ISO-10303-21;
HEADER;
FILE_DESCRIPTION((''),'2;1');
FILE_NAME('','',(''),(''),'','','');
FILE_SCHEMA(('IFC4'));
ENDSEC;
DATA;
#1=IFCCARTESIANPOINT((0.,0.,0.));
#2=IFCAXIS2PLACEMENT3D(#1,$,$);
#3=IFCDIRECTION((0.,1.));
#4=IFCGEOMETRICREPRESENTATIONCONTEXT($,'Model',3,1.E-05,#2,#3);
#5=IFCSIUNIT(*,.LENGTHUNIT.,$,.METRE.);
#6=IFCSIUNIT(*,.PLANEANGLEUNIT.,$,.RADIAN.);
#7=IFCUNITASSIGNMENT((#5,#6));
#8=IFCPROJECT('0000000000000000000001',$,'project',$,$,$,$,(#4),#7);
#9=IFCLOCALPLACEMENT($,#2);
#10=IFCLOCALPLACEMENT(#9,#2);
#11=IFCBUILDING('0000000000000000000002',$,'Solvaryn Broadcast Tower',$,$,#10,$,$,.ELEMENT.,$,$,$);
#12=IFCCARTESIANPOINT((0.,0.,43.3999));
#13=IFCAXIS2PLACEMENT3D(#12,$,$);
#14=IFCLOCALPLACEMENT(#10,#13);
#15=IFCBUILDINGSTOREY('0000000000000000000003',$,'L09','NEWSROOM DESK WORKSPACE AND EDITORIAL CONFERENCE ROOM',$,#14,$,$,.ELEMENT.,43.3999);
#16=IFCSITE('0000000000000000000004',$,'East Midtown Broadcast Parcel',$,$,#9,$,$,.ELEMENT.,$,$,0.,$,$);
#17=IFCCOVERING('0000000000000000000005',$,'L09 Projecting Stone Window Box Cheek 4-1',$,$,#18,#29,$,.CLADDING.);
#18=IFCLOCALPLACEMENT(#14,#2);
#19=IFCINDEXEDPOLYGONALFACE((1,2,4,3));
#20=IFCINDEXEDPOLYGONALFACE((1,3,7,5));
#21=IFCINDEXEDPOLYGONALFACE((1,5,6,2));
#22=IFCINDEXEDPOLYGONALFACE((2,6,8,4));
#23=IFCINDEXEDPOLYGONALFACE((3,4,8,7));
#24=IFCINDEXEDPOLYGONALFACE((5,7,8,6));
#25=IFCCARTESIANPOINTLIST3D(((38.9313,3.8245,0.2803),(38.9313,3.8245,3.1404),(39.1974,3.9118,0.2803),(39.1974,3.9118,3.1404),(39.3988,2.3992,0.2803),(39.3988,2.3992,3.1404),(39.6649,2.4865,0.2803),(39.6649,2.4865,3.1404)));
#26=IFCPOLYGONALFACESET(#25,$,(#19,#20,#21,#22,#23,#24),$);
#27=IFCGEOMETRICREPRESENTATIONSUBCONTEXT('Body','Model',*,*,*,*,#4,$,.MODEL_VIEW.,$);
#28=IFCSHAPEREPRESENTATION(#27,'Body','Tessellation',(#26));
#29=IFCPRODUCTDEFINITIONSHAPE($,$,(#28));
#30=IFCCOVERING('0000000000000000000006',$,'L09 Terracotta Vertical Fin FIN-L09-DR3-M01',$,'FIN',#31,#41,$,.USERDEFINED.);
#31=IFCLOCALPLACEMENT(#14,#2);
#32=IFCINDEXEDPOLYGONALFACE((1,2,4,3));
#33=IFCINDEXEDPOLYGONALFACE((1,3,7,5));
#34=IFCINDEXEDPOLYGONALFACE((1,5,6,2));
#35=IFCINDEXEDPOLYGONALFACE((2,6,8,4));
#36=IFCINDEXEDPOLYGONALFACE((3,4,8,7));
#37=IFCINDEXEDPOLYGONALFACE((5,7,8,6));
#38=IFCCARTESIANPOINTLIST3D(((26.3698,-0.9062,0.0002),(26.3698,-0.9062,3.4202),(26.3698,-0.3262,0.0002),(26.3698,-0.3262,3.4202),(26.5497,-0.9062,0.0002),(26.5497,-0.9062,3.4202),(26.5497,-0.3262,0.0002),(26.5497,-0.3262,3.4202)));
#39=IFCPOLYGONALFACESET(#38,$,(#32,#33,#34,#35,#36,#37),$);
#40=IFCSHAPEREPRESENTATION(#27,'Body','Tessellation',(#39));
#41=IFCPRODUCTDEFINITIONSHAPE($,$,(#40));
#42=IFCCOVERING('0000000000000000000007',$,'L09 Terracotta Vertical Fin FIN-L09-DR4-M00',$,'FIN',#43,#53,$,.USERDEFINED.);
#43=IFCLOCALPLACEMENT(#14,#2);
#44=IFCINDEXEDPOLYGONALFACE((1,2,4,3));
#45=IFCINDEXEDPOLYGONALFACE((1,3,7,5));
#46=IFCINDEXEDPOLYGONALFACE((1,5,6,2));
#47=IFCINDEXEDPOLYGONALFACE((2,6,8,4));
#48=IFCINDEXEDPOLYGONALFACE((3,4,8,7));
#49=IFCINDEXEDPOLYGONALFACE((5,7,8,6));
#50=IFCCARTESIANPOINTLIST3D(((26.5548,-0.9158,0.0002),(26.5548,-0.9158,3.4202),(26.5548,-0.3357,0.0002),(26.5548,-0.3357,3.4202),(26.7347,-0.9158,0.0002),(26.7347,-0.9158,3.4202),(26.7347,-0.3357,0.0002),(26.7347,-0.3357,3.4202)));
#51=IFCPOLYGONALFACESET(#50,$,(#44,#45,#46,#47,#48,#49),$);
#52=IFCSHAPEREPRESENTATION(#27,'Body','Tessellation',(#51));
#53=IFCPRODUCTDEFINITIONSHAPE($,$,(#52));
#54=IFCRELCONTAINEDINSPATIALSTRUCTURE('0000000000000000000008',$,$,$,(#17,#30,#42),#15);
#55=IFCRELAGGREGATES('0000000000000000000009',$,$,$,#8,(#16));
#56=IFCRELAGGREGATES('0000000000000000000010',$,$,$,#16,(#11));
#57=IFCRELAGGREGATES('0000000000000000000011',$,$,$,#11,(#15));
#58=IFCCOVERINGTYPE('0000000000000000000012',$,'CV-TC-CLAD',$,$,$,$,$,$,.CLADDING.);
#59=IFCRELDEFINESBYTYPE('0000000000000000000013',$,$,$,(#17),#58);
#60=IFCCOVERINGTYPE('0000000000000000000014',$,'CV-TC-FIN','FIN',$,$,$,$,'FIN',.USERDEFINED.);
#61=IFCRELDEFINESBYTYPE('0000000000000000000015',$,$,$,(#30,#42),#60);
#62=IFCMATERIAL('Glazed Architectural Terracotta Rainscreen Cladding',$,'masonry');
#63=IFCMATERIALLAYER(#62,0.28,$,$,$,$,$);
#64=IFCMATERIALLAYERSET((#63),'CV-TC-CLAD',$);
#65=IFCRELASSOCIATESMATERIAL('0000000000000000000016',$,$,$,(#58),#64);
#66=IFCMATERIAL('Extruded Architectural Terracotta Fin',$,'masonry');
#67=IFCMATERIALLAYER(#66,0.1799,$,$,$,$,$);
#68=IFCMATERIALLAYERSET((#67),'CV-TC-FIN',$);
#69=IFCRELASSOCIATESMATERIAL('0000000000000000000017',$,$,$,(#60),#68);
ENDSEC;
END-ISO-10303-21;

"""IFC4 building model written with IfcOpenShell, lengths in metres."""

from ifc_helpers import new_model, si_unit, direction, frame, origin, origin_2d, place, context, subcontext, project, spatial, rectangle, extrude, material, layer, layer_set, type_object, element, save


model = new_model("IFC4")

# Units and contexts
model_context = context("Model", 3, precision=1e-05, world=origin(), true_north=direction((0.0, 1.0)))
body_context = subcontext(model_context, "Body", "Model", "MODEL_VIEW")
ifc_project = project(units=[si_unit("LENGTHUNIT", "METRE"), si_unit("PLANEANGLEUNIT", "RADIAN")], contexts=[model_context])

# Site, building, storey
site_placement = place(None, origin())
site = spatial("IfcSite", under=ifc_project, at=site_placement, Name="East Midtown Broadcast Parcel", CompositionType="ELEMENT", RefElevation=0.0)
building_placement = place(site_placement, origin())
building = spatial("IfcBuilding", under=site, at=building_placement, Name="Solvaryn Broadcast Tower", CompositionType="ELEMENT")
storey_placement = place(building_placement, frame((0.0, 0.0, 43.3999)))
storey = spatial("IfcBuildingStorey", under=building, at=storey_placement, Name="L09", Description="NEWSROOM DESK WORKSPACE AND EDITORIAL CONFERENCE ROOM", CompositionType="ELEMENT", Elevation=43.3999)

# Coverings
ifc_material_1 = material(Name="Glazed Architectural Terracotta Rainscreen Cladding", Category="masonry")
ifc_layer_1 = layer(ifc_material_1, 0.28)
ifc_layer_set_1 = layer_set([ifc_layer_1], Name="CV-TC-CLAD")
covering_type_1 = type_object("IfcCoveringType", Name="CV-TC-CLAD", PredefinedType="CLADDING", material=ifc_layer_set_1)
covering_placement = place(storey_placement, frame((39.2981, 3.1555, 0.2803), z_axis=(0.0, 0.0, 1.0), x_axis=(0.95019, 0.311672, 0.0)))
element("IfcCovering", 1, at=covering_placement, inside=storey, type_object=covering_type_1, Name="L09 Projecting Stone Window Box Cheek 4-1", PredefinedType="CLADDING", context=body_context, shape_type="SweptSolid", body=[
    extrude(rectangle(XDim=0.28, YDim=1.5, at=origin_2d()), origin(), (0.0, 0.0, 1.0), 2.8601),
])
ifc_material_2 = material(Name="Extruded Architectural Terracotta Fin", Category="masonry")
ifc_layer_2 = layer(ifc_material_2, 0.1799)
ifc_layer_set_2 = layer_set([ifc_layer_2], Name="CV-TC-FIN")
covering_type_2 = type_object("IfcCoveringType", Name="CV-TC-FIN", Description="FIN", ElementType="FIN", PredefinedType="USERDEFINED", material=ifc_layer_set_2)
for number, where, z_axis, x_axis, name in (
    (2, (26.4597, -0.6162, 0.0002), (0.0, 0.0, 1.0), (1.0, 0.0, 0.0), "L09 Terracotta Vertical Fin FIN-L09-DR3-M01"),
    (3, (26.6448, -0.6257, 0.0002), (0.0, 0.0, 1.0), (1.0, 0.0, 0.0), "L09 Terracotta Vertical Fin FIN-L09-DR4-M00"),
):
    element("IfcCovering", number, at=place(storey_placement, frame(where, z_axis=z_axis, x_axis=x_axis)), inside=storey, type_object=covering_type_2, Name=name, ObjectType="FIN", PredefinedType="USERDEFINED", context=body_context, shape_type="SweptSolid", body=[
        extrude(rectangle(XDim=0.1799, YDim=0.5801, at=origin_2d()), origin(), (0.0, 0.0, 1.0), 3.4199),
    ])

save(model, "model.ifc")
